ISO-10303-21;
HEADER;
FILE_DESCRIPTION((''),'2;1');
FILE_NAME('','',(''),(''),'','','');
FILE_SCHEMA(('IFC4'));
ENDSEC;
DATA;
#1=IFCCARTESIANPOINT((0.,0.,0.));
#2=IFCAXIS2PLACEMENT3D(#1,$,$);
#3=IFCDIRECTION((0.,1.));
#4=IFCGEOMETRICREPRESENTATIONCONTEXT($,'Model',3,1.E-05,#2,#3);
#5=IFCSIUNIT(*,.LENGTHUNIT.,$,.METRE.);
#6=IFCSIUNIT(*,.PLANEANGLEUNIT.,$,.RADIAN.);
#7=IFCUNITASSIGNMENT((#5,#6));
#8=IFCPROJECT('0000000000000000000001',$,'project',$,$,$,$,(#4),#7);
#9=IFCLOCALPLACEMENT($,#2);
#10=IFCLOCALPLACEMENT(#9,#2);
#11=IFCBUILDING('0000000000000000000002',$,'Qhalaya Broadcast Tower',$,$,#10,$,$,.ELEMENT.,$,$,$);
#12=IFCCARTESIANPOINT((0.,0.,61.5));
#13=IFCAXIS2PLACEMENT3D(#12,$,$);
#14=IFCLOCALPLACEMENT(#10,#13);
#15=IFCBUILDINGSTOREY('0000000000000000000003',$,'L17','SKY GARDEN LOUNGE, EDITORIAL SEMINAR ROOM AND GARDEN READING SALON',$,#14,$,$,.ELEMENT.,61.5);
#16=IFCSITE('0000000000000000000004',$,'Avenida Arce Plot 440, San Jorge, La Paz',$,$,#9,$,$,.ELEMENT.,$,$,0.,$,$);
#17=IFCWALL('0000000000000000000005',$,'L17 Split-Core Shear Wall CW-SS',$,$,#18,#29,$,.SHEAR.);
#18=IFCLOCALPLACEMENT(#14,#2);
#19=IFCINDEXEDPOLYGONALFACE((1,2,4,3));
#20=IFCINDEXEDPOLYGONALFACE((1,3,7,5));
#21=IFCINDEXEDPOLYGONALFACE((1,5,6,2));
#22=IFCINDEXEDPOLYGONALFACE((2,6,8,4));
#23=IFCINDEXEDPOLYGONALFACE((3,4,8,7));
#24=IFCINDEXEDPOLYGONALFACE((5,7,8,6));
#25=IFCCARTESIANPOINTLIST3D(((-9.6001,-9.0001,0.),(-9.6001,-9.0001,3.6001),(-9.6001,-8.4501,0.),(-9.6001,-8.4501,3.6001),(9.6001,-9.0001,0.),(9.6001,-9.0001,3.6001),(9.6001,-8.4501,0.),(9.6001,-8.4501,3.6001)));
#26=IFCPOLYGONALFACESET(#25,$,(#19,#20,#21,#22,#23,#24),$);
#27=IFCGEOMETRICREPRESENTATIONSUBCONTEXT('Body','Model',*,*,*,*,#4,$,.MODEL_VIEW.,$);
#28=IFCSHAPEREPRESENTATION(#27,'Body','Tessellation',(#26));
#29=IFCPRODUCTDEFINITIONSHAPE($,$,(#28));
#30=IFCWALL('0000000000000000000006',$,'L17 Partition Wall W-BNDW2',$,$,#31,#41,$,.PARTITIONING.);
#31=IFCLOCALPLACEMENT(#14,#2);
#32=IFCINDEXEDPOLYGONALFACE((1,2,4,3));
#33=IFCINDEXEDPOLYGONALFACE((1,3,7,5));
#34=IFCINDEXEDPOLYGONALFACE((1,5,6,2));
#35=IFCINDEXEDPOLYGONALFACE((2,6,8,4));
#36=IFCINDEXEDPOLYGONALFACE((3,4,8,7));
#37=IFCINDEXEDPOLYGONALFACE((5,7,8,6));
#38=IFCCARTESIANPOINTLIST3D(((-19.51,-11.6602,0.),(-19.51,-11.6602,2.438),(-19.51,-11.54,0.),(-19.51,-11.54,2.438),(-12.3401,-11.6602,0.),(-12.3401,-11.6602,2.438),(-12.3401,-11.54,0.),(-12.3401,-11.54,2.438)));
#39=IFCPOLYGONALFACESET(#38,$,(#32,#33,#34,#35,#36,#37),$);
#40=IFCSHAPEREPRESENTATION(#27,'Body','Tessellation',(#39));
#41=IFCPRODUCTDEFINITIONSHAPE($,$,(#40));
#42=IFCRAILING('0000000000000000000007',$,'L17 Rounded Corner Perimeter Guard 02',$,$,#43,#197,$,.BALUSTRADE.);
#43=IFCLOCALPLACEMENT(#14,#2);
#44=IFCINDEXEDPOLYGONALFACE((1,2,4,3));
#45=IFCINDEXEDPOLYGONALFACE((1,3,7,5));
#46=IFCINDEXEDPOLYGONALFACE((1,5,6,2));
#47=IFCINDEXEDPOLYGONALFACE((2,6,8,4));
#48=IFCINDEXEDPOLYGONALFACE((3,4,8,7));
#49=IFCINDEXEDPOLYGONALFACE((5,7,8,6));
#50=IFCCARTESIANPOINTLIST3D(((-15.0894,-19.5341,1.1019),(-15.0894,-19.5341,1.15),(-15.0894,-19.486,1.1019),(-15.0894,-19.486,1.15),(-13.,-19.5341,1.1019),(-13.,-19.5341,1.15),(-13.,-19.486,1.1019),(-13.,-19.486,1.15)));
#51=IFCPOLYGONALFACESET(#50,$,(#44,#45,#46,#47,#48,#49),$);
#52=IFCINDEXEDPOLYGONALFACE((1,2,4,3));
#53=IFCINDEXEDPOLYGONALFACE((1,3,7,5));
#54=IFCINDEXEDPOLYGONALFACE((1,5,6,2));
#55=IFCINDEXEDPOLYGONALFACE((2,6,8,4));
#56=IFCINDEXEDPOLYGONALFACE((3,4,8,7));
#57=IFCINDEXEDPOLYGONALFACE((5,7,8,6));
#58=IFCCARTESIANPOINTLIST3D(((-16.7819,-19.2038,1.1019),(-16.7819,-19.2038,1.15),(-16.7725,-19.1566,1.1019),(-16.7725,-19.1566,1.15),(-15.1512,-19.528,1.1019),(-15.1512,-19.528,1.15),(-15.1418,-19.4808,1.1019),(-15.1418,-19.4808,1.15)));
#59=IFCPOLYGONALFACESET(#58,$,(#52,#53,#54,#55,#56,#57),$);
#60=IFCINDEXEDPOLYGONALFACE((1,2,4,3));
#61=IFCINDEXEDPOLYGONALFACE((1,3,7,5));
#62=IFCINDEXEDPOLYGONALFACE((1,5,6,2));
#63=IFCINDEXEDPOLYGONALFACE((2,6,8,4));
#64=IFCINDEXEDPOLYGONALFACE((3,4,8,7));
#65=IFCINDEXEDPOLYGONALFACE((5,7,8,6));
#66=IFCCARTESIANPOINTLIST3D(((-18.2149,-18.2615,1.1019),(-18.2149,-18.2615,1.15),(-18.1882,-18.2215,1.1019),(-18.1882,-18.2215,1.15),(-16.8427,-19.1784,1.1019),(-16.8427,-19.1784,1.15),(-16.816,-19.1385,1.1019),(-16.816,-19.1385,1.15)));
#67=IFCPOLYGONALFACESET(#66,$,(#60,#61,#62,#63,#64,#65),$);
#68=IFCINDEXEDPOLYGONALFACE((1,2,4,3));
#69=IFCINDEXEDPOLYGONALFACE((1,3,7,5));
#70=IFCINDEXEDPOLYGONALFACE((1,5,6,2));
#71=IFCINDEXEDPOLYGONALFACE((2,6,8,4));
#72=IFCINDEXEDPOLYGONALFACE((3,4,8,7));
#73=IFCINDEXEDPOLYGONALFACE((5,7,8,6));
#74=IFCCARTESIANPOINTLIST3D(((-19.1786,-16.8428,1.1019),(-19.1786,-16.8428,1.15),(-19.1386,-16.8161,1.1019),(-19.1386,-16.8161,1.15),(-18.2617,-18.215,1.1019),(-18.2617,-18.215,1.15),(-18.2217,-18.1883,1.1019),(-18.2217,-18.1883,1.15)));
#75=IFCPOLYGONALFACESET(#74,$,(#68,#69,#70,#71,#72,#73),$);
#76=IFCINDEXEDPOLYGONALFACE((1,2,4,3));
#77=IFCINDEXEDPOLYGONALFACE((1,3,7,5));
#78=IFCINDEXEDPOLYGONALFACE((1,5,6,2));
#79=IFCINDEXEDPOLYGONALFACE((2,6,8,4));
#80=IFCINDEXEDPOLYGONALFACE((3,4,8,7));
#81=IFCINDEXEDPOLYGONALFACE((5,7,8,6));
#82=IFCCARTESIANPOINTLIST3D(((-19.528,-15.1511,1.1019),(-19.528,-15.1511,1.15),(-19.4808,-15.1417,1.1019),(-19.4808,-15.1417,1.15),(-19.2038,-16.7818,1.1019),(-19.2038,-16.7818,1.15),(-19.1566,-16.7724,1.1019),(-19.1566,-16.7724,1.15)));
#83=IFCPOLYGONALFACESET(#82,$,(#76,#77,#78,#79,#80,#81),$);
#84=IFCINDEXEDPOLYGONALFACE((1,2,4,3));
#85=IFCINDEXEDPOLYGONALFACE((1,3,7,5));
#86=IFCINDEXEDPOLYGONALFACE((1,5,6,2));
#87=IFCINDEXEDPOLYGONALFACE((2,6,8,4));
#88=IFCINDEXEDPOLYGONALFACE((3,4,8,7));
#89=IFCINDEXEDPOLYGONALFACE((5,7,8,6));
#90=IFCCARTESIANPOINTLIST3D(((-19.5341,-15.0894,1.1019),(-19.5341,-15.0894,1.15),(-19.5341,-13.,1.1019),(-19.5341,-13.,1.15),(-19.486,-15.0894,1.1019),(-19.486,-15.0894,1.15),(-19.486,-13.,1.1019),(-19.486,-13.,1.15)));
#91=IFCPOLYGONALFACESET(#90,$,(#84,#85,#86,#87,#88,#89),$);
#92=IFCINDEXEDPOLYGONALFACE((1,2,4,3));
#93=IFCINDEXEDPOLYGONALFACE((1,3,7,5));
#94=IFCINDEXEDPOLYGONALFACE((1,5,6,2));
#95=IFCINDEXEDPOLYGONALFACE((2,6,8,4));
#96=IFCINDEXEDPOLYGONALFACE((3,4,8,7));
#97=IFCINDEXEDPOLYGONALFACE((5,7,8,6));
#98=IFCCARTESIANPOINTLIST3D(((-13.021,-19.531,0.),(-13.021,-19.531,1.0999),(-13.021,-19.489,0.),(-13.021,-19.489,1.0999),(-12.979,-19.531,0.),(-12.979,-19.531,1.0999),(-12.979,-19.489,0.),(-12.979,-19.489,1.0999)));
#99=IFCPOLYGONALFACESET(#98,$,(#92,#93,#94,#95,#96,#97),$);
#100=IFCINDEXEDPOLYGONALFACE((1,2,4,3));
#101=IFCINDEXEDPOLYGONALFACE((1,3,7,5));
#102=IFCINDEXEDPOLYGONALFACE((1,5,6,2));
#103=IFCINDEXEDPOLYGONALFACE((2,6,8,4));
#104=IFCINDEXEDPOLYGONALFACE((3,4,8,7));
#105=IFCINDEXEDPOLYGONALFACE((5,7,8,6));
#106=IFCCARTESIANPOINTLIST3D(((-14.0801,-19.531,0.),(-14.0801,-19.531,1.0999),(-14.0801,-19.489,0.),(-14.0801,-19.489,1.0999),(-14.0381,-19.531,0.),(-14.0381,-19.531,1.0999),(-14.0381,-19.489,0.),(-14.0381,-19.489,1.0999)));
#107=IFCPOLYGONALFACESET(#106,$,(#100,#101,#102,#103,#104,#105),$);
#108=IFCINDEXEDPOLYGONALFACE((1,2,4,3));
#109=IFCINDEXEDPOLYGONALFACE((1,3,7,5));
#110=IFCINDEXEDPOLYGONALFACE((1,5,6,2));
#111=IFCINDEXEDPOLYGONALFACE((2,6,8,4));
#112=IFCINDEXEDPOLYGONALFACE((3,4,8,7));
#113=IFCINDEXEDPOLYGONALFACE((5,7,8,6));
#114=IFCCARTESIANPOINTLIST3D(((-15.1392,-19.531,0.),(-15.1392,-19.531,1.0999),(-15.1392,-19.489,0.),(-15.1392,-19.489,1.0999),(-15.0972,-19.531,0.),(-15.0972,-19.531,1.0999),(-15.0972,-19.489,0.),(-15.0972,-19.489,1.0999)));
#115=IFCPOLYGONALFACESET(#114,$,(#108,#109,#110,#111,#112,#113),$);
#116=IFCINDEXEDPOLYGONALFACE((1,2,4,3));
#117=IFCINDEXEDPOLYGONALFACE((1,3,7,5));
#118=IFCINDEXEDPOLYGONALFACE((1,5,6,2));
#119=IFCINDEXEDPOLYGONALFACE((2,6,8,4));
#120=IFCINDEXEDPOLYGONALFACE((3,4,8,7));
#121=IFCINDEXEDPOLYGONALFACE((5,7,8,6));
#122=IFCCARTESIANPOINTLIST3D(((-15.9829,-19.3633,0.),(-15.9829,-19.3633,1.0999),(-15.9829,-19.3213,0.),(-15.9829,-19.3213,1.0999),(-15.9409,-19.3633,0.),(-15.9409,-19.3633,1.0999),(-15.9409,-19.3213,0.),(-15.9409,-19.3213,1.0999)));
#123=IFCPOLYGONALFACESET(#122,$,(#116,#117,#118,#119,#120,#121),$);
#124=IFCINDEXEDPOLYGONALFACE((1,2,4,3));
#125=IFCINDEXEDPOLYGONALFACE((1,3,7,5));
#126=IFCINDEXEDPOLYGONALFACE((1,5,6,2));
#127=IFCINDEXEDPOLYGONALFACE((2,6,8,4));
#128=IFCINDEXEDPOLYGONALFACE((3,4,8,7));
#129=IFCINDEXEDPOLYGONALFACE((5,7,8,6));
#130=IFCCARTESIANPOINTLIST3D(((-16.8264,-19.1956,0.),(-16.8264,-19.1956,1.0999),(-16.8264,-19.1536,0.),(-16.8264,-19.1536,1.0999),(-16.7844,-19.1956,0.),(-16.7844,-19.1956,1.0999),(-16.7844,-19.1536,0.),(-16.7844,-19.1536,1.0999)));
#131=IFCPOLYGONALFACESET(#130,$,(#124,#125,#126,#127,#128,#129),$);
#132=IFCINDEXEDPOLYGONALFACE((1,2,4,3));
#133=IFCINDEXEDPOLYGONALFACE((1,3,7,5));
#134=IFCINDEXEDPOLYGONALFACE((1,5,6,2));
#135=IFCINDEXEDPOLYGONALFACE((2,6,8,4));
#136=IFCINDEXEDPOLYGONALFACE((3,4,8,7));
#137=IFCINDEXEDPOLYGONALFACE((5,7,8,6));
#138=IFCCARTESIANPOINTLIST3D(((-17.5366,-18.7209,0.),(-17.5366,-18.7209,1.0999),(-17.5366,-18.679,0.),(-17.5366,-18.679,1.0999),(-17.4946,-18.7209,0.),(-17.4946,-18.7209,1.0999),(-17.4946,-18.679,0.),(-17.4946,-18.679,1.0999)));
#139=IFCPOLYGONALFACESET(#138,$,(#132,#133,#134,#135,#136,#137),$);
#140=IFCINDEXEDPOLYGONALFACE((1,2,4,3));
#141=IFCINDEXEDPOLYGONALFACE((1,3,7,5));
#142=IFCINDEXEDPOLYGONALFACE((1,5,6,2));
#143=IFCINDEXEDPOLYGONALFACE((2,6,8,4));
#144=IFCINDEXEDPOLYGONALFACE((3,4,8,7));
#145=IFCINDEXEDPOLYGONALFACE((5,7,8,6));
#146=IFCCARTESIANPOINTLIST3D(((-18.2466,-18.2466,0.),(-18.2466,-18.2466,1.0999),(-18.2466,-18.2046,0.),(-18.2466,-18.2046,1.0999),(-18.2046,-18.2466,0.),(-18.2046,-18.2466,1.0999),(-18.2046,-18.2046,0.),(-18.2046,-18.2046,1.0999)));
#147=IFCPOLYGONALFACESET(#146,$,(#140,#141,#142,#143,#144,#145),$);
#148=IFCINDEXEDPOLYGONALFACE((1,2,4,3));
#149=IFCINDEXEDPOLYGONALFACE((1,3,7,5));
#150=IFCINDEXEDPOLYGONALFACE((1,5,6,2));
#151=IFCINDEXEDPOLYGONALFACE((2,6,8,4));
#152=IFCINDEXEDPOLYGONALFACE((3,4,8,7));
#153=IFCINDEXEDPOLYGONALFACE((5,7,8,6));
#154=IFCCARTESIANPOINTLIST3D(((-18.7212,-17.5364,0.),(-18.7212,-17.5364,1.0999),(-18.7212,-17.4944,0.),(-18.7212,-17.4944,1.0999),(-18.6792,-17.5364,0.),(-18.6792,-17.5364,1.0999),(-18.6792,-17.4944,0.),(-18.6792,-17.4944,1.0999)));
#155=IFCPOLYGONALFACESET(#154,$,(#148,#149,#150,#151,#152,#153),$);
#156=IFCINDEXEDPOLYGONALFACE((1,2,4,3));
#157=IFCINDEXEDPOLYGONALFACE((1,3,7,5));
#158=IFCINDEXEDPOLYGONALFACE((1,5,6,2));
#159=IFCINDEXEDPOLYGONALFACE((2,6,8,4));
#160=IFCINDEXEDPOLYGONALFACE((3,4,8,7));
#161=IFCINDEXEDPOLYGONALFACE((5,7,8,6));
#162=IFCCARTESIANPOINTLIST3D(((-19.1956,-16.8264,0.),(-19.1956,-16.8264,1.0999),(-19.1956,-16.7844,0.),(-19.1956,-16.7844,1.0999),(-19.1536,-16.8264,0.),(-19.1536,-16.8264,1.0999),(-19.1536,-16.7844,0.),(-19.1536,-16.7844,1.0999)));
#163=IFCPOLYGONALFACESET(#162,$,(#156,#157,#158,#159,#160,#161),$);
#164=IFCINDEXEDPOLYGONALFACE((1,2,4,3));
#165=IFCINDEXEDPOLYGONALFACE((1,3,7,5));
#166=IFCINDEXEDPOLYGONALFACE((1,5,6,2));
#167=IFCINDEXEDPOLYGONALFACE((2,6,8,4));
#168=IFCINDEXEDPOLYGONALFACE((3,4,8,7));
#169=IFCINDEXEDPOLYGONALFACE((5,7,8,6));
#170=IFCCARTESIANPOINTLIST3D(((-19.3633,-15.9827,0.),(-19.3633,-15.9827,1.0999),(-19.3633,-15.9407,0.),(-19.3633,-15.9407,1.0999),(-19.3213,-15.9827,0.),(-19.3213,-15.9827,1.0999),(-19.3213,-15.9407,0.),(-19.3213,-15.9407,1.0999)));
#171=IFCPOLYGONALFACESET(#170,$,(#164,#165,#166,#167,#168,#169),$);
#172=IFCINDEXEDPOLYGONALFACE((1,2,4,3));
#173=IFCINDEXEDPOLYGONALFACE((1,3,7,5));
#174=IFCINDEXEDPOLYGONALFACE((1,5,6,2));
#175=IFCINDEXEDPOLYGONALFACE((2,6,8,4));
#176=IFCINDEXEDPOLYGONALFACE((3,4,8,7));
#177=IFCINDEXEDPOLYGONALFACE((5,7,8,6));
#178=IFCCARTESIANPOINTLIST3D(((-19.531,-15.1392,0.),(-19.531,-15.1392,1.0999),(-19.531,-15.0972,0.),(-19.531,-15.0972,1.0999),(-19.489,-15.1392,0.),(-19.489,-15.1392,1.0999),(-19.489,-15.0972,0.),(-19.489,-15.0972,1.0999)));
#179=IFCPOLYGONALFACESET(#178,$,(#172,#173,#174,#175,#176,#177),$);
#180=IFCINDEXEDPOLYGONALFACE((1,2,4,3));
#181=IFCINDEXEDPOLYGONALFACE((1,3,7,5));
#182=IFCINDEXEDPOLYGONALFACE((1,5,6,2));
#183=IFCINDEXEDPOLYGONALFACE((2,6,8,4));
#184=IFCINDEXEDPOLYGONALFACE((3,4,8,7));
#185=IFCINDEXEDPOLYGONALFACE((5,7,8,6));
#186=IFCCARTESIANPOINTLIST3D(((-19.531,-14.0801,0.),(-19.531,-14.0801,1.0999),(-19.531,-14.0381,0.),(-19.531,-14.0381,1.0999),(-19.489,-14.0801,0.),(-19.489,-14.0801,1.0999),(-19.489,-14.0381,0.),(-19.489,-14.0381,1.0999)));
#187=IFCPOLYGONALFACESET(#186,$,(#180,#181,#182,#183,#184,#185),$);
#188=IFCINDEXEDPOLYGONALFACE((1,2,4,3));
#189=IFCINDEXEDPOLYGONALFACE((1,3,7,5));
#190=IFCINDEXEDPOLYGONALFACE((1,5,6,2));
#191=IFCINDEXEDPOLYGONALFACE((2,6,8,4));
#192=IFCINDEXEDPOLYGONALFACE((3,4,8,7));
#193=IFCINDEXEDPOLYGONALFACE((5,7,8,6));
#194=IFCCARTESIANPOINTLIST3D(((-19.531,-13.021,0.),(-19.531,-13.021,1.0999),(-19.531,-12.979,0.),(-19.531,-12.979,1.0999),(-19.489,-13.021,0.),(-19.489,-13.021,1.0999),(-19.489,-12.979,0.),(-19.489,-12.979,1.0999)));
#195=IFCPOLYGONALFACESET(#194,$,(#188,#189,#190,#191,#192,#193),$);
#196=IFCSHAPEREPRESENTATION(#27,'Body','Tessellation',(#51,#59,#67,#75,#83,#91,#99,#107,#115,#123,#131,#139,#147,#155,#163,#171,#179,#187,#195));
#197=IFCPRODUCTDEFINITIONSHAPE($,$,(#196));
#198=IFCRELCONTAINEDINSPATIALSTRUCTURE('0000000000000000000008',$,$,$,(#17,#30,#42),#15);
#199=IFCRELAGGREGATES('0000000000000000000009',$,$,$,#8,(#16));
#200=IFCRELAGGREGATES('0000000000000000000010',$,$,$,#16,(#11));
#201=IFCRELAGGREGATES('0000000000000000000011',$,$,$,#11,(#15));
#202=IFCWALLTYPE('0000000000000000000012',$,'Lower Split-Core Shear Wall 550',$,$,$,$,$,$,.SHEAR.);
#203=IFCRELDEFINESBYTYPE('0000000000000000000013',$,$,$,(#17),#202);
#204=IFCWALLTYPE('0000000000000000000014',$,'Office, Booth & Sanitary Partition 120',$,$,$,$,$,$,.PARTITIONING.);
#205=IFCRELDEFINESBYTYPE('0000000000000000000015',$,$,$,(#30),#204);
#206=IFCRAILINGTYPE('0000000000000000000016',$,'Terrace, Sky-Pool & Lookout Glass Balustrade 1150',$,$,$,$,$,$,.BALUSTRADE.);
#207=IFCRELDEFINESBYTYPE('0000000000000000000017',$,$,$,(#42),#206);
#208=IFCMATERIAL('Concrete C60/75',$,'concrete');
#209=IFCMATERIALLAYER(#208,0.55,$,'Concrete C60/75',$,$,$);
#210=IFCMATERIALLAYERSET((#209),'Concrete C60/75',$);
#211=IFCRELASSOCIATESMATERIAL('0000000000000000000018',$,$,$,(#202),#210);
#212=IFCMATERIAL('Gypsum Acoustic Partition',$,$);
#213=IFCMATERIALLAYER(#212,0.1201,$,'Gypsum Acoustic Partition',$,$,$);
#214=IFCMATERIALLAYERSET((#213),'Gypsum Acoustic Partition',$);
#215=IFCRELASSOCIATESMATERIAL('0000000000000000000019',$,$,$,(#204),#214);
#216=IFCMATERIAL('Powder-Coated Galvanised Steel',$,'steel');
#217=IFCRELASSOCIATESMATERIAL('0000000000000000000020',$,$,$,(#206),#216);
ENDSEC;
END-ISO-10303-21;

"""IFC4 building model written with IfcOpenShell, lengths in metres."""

from ifc_helpers import new_model, si_unit, direction, frame, frame_2d, origin, origin_2d, place, context, subcontext, project, spatial, rectangle, extrude, material, layer, layer_set, type_object, element, save


model = new_model("IFC4")

# Units and contexts
model_context = context("Model", 3, precision=1e-05, world=origin(), true_north=direction((0.0, 1.0)))
body_context = subcontext(model_context, "Body", "Model", "MODEL_VIEW")
ifc_project = project(units=[si_unit("LENGTHUNIT", "METRE"), si_unit("PLANEANGLEUNIT", "RADIAN")], contexts=[model_context])

# Site, building, storey
site_placement = place(None, origin())
site = spatial("IfcSite", under=ifc_project, at=site_placement, Name="Avenida Arce Plot 440, San Jorge, La Paz", CompositionType="ELEMENT", RefElevation=0.0)
building_placement = place(site_placement, origin())
building = spatial("IfcBuilding", under=site, at=building_placement, Name="Qhalaya Broadcast Tower", CompositionType="ELEMENT")
storey_placement = place(building_placement, frame((0.0, 0.0, 61.5)))
storey = spatial("IfcBuildingStorey", under=building, at=storey_placement, Name="L17", Description="SKY GARDEN LOUNGE, EDITORIAL SEMINAR ROOM AND GARDEN READING SALON", CompositionType="ELEMENT", Elevation=61.5)

# Shared definitions
ifc_material_1 = material(Name="Gypsum Acoustic Partition")

# Wall
ifc_material_2 = material(Name="Concrete C60/75", Category="concrete")
ifc_layer_1 = layer(ifc_material_2, 0.55, Name="Concrete C60/75")
ifc_layer_set_1 = layer_set([ifc_layer_1], Name="Concrete C60/75")
wall_type_1 = type_object("IfcWallType", Name="Lower Split-Core Shear Wall 550", PredefinedType="SHEAR", material=ifc_layer_set_1)
wall_1_placement = place(storey_placement, frame((-9.6001, -8.7251, 0.0), z_axis=(0.0, 0.0, 1.0), x_axis=(1.0, 0.0, 0.0)))
element("IfcWall", 1, at=wall_1_placement, inside=storey, type_object=wall_type_1, Name="L17 Split-Core Shear Wall CW-SS", PredefinedType="SHEAR", context=body_context, shape_type="SweptSolid", body=[
    extrude(rectangle(XDim=19.2002, YDim=0.55, at=frame_2d((9.6001, 0.0))), origin(), (0.0, 0.0, 1.0), 3.6001),
])

# Wall
ifc_layer_2 = layer(ifc_material_1, 0.1201, Name="Gypsum Acoustic Partition")
ifc_layer_set_2 = layer_set([ifc_layer_2], Name="Gypsum Acoustic Partition")
wall_type_2 = type_object("IfcWallType", Name="Office, Booth & Sanitary Partition 120", PredefinedType="PARTITIONING", material=ifc_layer_set_2)
wall_2_placement = place(storey_placement, frame((-19.51, -11.6001, 0.0), z_axis=(0.0, 0.0, 1.0), x_axis=(1.0, 0.0, 0.0)))
element("IfcWall", 2, at=wall_2_placement, inside=storey, type_object=wall_type_2, Name="L17 Partition Wall W-BNDW2", PredefinedType="PARTITIONING", context=body_context, shape_type="SweptSolid", body=[
    extrude(rectangle(XDim=7.1699, YDim=0.1201, at=frame_2d((3.585, 0.0))), origin(), (0.0, 0.0, 1.0), 2.438),
])

# Railing
ifc_material_3 = material(Name="Powder-Coated Galvanised Steel", Category="steel")
railing_type = type_object("IfcRailingType", Name="Terrace, Sky-Pool & Lookout Glass Balustrade 1150", PredefinedType="BALUSTRADE", material=ifc_material_3)
railing_placement = place(storey_placement, frame((-13.0, -19.51, 0.0)))
element("IfcRailing", 3, at=railing_placement, inside=storey, type_object=railing_type, Name="L17 Rounded Corner Perimeter Guard 02", PredefinedType="BALUSTRADE", context=body_context, shape_type="SweptSolid", body=[
    extrude(rectangle(XDim=0.0481, YDim=0.0481, at=origin_2d()), frame((0.0, 0.0, 1.126), z_axis=(-1.0, 0.0, 0.0), x_axis=(0.0, -1.0, 0.0)), (0.0, 0.0, 1.0), 2.0894),
    extrude(rectangle(XDim=0.0481, YDim=0.0481, at=origin_2d()), frame((-2.1465, 0.0056, 1.126), z_axis=(-0.980804, 0.194997, 0.0), x_axis=(-0.194997, -0.980804, 0.0)), (0.0, 0.0, 1.0), 1.6626),
    extrude(rectangle(XDim=0.0481, YDim=0.0481, at=origin_2d()), frame((-3.8293, 0.3516, 1.126), z_axis=(-0.831456, 0.55559, 0.0), x_axis=(-0.55559, -0.831456, 0.0)), (0.0, 0.0, 1.0), 1.6504),
    extrude(rectangle(XDim=0.0481, YDim=0.0481, at=origin_2d()), frame((-5.2417, 1.3083, 1.126), z_axis=(-0.55559, 0.831456, 0.0), x_axis=(-0.831456, -0.55559, 0.0)), (0.0, 0.0, 1.0), 1.6504),
    extrude(rectangle(XDim=0.0481, YDim=0.0481, at=origin_2d()), frame((-6.1802, 2.7329, 1.126), z_axis=(-0.194997, 0.980804, 0.0), x_axis=(-0.980804, -0.194997, 0.0)), (0.0, 0.0, 1.0), 1.6626),
    extrude(rectangle(XDim=0.0481, YDim=0.0481, at=origin_2d()), frame((-6.51, 4.4207, 1.126), z_axis=(0.0, 1.0, 0.0), x_axis=(-1.0, 0.0, 0.0)), (0.0, 0.0, 1.0), 2.0894),
    extrude(rectangle(XDim=0.042, YDim=0.042, at=origin_2d()), origin(), (0.0, 0.0, 1.0), 1.0999),
    extrude(rectangle(XDim=0.042, YDim=0.042, at=origin_2d()), frame((-1.0591, 0.0, 0.0)), (0.0, 0.0, 1.0), 1.0999),
    extrude(rectangle(XDim=0.042, YDim=0.042, at=origin_2d()), frame((-2.1182, 0.0, 0.0)), (0.0, 0.0, 1.0), 1.0999),
    extrude(rectangle(XDim=0.042, YDim=0.042, at=origin_2d()), frame((-2.9619, 0.1677, 0.0)), (0.0, 0.0, 1.0), 1.0999),
    extrude(rectangle(XDim=0.042, YDim=0.042, at=origin_2d()), frame((-3.8054, 0.3354, 0.0)), (0.0, 0.0, 1.0), 1.0999),
    extrude(rectangle(XDim=0.042, YDim=0.042, at=origin_2d()), frame((-4.5156, 0.8101, 0.0)), (0.0, 0.0, 1.0), 1.0999),
    extrude(rectangle(XDim=0.042, YDim=0.042, at=origin_2d()), frame((-5.2256, 1.2844, 0.0)), (0.0, 0.0, 1.0), 1.0999),
    extrude(rectangle(XDim=0.042, YDim=0.042, at=origin_2d()), frame((-5.7002, 1.9946, 0.0)), (0.0, 0.0, 1.0), 1.0999),
    extrude(rectangle(XDim=0.042, YDim=0.042, at=origin_2d()), frame((-6.1746, 2.7046, 0.0)), (0.0, 0.0, 1.0), 1.0999),
    extrude(rectangle(XDim=0.042, YDim=0.042, at=origin_2d()), frame((-6.3423, 3.5483, 0.0)), (0.0, 0.0, 1.0), 1.0999),
    extrude(rectangle(XDim=0.042, YDim=0.042, at=origin_2d()), frame((-6.51, 4.3918, 0.0)), (0.0, 0.0, 1.0), 1.0999),
    extrude(rectangle(XDim=0.042, YDim=0.042, at=origin_2d()), frame((-6.51, 5.4509, 0.0)), (0.0, 0.0, 1.0), 1.0999),
    extrude(rectangle(XDim=0.042, YDim=0.042, at=origin_2d()), frame((-6.51, 6.51, 0.0)), (0.0, 0.0, 1.0), 1.0999),
])

save(model, "model.ifc")
